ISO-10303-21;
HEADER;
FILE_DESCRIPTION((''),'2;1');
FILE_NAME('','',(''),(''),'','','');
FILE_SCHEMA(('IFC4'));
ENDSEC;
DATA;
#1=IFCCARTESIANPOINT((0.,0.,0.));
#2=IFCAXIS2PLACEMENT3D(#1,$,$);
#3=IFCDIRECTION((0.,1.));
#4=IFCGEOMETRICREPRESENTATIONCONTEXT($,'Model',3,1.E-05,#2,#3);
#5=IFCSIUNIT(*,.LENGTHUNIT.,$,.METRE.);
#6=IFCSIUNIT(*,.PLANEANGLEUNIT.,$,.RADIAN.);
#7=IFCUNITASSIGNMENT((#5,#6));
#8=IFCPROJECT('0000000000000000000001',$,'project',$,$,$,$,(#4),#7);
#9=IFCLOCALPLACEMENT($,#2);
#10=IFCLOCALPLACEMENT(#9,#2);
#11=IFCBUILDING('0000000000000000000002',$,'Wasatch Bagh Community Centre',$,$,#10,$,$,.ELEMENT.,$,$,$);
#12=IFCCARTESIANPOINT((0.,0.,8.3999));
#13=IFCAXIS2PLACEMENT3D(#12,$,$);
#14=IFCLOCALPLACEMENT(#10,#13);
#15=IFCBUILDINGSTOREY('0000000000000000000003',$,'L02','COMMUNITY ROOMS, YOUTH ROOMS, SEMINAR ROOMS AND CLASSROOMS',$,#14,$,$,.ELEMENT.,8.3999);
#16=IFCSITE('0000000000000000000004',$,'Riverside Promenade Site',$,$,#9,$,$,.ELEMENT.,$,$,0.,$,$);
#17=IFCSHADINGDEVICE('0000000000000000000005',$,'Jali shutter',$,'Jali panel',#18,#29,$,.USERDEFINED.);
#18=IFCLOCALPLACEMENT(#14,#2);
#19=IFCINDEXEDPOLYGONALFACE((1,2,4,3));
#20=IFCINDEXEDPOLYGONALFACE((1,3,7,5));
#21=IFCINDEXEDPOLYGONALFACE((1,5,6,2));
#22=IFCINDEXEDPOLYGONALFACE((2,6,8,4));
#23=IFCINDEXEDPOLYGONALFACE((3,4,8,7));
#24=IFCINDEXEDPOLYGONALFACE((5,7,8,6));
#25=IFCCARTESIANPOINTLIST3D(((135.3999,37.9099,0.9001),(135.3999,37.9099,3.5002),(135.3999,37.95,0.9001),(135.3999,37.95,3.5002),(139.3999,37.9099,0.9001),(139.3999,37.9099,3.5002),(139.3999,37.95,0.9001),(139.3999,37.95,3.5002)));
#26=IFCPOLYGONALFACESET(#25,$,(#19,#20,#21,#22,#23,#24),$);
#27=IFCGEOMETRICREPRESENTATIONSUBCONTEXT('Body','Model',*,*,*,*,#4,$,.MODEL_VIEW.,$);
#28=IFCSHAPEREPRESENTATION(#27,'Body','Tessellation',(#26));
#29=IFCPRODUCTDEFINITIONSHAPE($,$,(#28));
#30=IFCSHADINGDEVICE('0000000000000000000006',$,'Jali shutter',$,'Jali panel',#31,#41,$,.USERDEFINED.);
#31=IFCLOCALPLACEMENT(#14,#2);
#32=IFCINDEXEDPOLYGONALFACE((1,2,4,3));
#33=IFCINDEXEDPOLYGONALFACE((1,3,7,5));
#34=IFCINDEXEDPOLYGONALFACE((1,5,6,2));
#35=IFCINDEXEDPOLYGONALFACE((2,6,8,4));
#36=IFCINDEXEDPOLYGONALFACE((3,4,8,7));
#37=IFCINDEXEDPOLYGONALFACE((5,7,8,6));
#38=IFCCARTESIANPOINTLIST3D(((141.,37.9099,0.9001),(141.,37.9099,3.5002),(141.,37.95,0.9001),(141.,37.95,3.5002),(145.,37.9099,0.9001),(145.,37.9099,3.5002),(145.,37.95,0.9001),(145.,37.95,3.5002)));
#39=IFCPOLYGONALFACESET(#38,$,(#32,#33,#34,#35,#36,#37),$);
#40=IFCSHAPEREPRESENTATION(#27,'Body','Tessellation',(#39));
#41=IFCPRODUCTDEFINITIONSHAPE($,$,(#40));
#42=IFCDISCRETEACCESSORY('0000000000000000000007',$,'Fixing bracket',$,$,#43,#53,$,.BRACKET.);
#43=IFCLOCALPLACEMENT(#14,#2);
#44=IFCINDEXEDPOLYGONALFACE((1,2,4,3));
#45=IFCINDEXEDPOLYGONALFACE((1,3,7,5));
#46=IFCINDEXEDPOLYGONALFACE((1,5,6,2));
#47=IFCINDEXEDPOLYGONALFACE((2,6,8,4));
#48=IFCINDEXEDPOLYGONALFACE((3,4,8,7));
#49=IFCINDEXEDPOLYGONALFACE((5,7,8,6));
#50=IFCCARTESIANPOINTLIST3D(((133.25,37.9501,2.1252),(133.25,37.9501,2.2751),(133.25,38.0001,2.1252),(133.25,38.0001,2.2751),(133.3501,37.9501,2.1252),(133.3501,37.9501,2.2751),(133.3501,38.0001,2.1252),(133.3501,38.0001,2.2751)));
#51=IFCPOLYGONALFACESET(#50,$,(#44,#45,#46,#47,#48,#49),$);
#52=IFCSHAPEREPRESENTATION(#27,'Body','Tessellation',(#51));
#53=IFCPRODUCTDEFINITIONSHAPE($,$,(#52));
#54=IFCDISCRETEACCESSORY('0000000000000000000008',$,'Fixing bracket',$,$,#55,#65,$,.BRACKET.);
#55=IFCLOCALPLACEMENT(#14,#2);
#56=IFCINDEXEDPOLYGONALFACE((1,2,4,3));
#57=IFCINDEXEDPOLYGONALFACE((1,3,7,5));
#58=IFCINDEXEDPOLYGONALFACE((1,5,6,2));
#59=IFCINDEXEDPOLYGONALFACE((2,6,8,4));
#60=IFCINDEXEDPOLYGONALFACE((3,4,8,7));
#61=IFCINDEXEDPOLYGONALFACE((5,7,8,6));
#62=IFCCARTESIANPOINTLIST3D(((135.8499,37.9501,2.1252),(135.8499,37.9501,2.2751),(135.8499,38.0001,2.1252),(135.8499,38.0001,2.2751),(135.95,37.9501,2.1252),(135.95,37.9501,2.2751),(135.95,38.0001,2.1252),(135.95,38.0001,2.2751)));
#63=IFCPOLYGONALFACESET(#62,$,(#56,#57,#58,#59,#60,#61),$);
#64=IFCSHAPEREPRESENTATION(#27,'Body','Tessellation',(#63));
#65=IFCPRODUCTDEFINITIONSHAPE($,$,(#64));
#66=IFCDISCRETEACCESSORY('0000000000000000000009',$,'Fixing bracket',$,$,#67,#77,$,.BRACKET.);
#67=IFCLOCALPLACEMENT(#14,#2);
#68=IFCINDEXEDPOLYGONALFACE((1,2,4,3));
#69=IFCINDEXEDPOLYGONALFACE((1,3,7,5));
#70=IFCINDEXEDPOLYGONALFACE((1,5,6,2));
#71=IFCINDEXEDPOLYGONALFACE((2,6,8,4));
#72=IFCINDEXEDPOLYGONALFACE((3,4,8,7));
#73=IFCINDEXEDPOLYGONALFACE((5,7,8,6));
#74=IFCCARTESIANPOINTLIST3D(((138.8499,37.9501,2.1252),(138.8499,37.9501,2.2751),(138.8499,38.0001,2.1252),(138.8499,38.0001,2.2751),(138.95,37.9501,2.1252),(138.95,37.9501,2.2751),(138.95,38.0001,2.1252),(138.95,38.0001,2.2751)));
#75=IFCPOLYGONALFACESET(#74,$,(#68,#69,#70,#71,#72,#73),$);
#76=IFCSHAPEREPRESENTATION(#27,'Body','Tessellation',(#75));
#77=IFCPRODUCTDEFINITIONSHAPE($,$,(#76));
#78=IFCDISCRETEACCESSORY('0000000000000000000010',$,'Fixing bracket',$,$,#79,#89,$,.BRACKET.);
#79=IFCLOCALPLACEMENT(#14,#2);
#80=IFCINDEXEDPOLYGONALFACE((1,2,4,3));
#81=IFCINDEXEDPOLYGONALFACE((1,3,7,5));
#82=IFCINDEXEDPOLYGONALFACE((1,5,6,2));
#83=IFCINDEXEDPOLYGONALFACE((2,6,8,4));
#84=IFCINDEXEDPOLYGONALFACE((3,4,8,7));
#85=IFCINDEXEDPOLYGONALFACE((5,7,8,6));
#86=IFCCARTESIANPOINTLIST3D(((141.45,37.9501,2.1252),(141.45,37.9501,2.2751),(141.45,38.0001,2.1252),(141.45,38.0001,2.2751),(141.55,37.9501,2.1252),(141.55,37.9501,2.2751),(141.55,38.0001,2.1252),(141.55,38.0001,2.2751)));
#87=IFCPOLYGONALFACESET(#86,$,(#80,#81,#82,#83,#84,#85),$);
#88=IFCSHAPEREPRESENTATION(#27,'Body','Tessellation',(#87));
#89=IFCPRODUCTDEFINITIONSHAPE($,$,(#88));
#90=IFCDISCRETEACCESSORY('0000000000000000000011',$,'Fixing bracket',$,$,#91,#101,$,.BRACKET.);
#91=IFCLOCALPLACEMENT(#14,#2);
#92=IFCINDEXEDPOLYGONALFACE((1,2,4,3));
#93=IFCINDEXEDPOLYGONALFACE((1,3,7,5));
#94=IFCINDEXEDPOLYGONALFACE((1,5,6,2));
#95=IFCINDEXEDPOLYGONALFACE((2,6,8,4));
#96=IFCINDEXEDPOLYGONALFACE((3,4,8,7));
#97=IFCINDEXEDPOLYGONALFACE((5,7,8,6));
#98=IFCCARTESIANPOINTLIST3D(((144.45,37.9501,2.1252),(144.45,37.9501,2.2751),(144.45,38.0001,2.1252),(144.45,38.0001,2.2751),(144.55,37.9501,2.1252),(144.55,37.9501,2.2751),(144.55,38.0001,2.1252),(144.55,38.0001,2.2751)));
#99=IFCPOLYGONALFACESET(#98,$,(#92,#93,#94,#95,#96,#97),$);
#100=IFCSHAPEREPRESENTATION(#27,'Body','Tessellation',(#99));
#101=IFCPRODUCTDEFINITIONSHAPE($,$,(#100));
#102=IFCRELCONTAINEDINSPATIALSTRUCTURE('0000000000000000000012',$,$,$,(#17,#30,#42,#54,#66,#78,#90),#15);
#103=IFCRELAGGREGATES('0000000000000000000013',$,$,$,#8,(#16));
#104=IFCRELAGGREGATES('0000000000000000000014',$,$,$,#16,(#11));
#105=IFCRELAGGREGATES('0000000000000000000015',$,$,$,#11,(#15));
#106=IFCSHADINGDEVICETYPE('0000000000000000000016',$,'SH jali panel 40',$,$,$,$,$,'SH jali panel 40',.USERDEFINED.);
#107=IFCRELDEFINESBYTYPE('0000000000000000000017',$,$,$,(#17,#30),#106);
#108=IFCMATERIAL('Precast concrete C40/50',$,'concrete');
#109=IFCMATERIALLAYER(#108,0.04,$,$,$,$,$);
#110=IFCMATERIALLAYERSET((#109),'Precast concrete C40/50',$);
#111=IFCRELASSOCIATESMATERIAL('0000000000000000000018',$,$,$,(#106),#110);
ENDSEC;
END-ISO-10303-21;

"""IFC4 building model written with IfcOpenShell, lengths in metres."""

from ifc_helpers import new_model, si_unit, direction, frame, origin, origin_2d, place, context, subcontext, project, spatial, rectangle, extrude, material, layer, layer_set, type_object, element, save


model = new_model("IFC4")

# Units and contexts
model_context = context("Model", 3, precision=1e-05, world=origin(), true_north=direction((0.0, 1.0)))
body_context = subcontext(model_context, "Body", "Model", "MODEL_VIEW")
ifc_project = project(units=[si_unit("LENGTHUNIT", "METRE"), si_unit("PLANEANGLEUNIT", "RADIAN")], contexts=[model_context])

# Site, building, storey
site_placement = place(None, origin())
site = spatial("IfcSite", under=ifc_project, at=site_placement, Name="Riverside Promenade Site", CompositionType="ELEMENT", RefElevation=0.0)
building_placement = place(site_placement, origin())
building = spatial("IfcBuilding", under=site, at=building_placement, Name="Wasatch Bagh Community Centre", CompositionType="ELEMENT")
storey_placement = place(building_placement, frame((0.0, 0.0, 8.3999)))
storey = spatial("IfcBuildingStorey", under=building, at=storey_placement, Name="L02", Description="COMMUNITY ROOMS, YOUTH ROOMS, SEMINAR ROOMS AND CLASSROOMS", CompositionType="ELEMENT", Elevation=8.3999)

# Shading devices
ifc_material_1 = material(Name="Precast concrete C40/50", Category="concrete")
ifc_layer_1 = layer(ifc_material_1, 0.04)
ifc_layer_set_1 = layer_set([ifc_layer_1], Name="Precast concrete C40/50")
shading_device_type = type_object("IfcShadingDeviceType", Name="SH jali panel 40", ElementType="SH jali panel 40", PredefinedType="USERDEFINED", material=ifc_layer_set_1)
for number, where, z_axis, x_axis, name in (
    (1, (137.3999, 37.9299, 0.9001), (0.0, 0.0, 1.0), (1.0, 0.0, 0.0), "Jali shutter"),
    (2, (143.0, 37.9299, 0.9001), (0.0, 0.0, 1.0), (1.0, 0.0, 0.0), "Jali shutter"),
):
    element("IfcShadingDevice", number, at=place(storey_placement, frame(where, z_axis=z_axis, x_axis=x_axis)), inside=storey, type_object=shading_device_type, Name=name, ObjectType="Jali panel", PredefinedType="USERDEFINED", context=body_context, shape_type="SweptSolid", body=[
        extrude(rectangle(XDim=4.0, YDim=0.04, at=origin_2d()), origin(), (0.0, 0.0, 1.0), 2.6001),
    ])

# Discrete accessories
for number, where, z_axis, x_axis, name in (
    (3, (133.3, 37.9751, 2.1252), (0.0, 0.0, 1.0), (1.0, 0.0, 0.0), "Fixing bracket"),
    (4, (135.8999, 37.9751, 2.1252), (0.0, 0.0, 1.0), (1.0, 0.0, 0.0), "Fixing bracket"),
    (5, (138.8999, 37.9751, 2.1252), (0.0, 0.0, 1.0), (1.0, 0.0, 0.0), "Fixing bracket"),
    (6, (141.5, 37.9751, 2.1252), (0.0, 0.0, 1.0), (1.0, 0.0, 0.0), "Fixing bracket"),
    (7, (144.5, 37.9751, 2.1252), (0.0, 0.0, 1.0), (1.0, 0.0, 0.0), "Fixing bracket"),
):
    element("IfcDiscreteAccessory", number, at=place(storey_placement, frame(where, z_axis=z_axis, x_axis=x_axis)), inside=storey, Name=name, PredefinedType="BRACKET", context=body_context, shape_type="SweptSolid", body=[
        extrude(rectangle(XDim=0.1001, YDim=0.05, at=origin_2d()), origin(), (0.0, 0.0, 1.0), 0.1499),
    ])

save(model, "model.ifc")
